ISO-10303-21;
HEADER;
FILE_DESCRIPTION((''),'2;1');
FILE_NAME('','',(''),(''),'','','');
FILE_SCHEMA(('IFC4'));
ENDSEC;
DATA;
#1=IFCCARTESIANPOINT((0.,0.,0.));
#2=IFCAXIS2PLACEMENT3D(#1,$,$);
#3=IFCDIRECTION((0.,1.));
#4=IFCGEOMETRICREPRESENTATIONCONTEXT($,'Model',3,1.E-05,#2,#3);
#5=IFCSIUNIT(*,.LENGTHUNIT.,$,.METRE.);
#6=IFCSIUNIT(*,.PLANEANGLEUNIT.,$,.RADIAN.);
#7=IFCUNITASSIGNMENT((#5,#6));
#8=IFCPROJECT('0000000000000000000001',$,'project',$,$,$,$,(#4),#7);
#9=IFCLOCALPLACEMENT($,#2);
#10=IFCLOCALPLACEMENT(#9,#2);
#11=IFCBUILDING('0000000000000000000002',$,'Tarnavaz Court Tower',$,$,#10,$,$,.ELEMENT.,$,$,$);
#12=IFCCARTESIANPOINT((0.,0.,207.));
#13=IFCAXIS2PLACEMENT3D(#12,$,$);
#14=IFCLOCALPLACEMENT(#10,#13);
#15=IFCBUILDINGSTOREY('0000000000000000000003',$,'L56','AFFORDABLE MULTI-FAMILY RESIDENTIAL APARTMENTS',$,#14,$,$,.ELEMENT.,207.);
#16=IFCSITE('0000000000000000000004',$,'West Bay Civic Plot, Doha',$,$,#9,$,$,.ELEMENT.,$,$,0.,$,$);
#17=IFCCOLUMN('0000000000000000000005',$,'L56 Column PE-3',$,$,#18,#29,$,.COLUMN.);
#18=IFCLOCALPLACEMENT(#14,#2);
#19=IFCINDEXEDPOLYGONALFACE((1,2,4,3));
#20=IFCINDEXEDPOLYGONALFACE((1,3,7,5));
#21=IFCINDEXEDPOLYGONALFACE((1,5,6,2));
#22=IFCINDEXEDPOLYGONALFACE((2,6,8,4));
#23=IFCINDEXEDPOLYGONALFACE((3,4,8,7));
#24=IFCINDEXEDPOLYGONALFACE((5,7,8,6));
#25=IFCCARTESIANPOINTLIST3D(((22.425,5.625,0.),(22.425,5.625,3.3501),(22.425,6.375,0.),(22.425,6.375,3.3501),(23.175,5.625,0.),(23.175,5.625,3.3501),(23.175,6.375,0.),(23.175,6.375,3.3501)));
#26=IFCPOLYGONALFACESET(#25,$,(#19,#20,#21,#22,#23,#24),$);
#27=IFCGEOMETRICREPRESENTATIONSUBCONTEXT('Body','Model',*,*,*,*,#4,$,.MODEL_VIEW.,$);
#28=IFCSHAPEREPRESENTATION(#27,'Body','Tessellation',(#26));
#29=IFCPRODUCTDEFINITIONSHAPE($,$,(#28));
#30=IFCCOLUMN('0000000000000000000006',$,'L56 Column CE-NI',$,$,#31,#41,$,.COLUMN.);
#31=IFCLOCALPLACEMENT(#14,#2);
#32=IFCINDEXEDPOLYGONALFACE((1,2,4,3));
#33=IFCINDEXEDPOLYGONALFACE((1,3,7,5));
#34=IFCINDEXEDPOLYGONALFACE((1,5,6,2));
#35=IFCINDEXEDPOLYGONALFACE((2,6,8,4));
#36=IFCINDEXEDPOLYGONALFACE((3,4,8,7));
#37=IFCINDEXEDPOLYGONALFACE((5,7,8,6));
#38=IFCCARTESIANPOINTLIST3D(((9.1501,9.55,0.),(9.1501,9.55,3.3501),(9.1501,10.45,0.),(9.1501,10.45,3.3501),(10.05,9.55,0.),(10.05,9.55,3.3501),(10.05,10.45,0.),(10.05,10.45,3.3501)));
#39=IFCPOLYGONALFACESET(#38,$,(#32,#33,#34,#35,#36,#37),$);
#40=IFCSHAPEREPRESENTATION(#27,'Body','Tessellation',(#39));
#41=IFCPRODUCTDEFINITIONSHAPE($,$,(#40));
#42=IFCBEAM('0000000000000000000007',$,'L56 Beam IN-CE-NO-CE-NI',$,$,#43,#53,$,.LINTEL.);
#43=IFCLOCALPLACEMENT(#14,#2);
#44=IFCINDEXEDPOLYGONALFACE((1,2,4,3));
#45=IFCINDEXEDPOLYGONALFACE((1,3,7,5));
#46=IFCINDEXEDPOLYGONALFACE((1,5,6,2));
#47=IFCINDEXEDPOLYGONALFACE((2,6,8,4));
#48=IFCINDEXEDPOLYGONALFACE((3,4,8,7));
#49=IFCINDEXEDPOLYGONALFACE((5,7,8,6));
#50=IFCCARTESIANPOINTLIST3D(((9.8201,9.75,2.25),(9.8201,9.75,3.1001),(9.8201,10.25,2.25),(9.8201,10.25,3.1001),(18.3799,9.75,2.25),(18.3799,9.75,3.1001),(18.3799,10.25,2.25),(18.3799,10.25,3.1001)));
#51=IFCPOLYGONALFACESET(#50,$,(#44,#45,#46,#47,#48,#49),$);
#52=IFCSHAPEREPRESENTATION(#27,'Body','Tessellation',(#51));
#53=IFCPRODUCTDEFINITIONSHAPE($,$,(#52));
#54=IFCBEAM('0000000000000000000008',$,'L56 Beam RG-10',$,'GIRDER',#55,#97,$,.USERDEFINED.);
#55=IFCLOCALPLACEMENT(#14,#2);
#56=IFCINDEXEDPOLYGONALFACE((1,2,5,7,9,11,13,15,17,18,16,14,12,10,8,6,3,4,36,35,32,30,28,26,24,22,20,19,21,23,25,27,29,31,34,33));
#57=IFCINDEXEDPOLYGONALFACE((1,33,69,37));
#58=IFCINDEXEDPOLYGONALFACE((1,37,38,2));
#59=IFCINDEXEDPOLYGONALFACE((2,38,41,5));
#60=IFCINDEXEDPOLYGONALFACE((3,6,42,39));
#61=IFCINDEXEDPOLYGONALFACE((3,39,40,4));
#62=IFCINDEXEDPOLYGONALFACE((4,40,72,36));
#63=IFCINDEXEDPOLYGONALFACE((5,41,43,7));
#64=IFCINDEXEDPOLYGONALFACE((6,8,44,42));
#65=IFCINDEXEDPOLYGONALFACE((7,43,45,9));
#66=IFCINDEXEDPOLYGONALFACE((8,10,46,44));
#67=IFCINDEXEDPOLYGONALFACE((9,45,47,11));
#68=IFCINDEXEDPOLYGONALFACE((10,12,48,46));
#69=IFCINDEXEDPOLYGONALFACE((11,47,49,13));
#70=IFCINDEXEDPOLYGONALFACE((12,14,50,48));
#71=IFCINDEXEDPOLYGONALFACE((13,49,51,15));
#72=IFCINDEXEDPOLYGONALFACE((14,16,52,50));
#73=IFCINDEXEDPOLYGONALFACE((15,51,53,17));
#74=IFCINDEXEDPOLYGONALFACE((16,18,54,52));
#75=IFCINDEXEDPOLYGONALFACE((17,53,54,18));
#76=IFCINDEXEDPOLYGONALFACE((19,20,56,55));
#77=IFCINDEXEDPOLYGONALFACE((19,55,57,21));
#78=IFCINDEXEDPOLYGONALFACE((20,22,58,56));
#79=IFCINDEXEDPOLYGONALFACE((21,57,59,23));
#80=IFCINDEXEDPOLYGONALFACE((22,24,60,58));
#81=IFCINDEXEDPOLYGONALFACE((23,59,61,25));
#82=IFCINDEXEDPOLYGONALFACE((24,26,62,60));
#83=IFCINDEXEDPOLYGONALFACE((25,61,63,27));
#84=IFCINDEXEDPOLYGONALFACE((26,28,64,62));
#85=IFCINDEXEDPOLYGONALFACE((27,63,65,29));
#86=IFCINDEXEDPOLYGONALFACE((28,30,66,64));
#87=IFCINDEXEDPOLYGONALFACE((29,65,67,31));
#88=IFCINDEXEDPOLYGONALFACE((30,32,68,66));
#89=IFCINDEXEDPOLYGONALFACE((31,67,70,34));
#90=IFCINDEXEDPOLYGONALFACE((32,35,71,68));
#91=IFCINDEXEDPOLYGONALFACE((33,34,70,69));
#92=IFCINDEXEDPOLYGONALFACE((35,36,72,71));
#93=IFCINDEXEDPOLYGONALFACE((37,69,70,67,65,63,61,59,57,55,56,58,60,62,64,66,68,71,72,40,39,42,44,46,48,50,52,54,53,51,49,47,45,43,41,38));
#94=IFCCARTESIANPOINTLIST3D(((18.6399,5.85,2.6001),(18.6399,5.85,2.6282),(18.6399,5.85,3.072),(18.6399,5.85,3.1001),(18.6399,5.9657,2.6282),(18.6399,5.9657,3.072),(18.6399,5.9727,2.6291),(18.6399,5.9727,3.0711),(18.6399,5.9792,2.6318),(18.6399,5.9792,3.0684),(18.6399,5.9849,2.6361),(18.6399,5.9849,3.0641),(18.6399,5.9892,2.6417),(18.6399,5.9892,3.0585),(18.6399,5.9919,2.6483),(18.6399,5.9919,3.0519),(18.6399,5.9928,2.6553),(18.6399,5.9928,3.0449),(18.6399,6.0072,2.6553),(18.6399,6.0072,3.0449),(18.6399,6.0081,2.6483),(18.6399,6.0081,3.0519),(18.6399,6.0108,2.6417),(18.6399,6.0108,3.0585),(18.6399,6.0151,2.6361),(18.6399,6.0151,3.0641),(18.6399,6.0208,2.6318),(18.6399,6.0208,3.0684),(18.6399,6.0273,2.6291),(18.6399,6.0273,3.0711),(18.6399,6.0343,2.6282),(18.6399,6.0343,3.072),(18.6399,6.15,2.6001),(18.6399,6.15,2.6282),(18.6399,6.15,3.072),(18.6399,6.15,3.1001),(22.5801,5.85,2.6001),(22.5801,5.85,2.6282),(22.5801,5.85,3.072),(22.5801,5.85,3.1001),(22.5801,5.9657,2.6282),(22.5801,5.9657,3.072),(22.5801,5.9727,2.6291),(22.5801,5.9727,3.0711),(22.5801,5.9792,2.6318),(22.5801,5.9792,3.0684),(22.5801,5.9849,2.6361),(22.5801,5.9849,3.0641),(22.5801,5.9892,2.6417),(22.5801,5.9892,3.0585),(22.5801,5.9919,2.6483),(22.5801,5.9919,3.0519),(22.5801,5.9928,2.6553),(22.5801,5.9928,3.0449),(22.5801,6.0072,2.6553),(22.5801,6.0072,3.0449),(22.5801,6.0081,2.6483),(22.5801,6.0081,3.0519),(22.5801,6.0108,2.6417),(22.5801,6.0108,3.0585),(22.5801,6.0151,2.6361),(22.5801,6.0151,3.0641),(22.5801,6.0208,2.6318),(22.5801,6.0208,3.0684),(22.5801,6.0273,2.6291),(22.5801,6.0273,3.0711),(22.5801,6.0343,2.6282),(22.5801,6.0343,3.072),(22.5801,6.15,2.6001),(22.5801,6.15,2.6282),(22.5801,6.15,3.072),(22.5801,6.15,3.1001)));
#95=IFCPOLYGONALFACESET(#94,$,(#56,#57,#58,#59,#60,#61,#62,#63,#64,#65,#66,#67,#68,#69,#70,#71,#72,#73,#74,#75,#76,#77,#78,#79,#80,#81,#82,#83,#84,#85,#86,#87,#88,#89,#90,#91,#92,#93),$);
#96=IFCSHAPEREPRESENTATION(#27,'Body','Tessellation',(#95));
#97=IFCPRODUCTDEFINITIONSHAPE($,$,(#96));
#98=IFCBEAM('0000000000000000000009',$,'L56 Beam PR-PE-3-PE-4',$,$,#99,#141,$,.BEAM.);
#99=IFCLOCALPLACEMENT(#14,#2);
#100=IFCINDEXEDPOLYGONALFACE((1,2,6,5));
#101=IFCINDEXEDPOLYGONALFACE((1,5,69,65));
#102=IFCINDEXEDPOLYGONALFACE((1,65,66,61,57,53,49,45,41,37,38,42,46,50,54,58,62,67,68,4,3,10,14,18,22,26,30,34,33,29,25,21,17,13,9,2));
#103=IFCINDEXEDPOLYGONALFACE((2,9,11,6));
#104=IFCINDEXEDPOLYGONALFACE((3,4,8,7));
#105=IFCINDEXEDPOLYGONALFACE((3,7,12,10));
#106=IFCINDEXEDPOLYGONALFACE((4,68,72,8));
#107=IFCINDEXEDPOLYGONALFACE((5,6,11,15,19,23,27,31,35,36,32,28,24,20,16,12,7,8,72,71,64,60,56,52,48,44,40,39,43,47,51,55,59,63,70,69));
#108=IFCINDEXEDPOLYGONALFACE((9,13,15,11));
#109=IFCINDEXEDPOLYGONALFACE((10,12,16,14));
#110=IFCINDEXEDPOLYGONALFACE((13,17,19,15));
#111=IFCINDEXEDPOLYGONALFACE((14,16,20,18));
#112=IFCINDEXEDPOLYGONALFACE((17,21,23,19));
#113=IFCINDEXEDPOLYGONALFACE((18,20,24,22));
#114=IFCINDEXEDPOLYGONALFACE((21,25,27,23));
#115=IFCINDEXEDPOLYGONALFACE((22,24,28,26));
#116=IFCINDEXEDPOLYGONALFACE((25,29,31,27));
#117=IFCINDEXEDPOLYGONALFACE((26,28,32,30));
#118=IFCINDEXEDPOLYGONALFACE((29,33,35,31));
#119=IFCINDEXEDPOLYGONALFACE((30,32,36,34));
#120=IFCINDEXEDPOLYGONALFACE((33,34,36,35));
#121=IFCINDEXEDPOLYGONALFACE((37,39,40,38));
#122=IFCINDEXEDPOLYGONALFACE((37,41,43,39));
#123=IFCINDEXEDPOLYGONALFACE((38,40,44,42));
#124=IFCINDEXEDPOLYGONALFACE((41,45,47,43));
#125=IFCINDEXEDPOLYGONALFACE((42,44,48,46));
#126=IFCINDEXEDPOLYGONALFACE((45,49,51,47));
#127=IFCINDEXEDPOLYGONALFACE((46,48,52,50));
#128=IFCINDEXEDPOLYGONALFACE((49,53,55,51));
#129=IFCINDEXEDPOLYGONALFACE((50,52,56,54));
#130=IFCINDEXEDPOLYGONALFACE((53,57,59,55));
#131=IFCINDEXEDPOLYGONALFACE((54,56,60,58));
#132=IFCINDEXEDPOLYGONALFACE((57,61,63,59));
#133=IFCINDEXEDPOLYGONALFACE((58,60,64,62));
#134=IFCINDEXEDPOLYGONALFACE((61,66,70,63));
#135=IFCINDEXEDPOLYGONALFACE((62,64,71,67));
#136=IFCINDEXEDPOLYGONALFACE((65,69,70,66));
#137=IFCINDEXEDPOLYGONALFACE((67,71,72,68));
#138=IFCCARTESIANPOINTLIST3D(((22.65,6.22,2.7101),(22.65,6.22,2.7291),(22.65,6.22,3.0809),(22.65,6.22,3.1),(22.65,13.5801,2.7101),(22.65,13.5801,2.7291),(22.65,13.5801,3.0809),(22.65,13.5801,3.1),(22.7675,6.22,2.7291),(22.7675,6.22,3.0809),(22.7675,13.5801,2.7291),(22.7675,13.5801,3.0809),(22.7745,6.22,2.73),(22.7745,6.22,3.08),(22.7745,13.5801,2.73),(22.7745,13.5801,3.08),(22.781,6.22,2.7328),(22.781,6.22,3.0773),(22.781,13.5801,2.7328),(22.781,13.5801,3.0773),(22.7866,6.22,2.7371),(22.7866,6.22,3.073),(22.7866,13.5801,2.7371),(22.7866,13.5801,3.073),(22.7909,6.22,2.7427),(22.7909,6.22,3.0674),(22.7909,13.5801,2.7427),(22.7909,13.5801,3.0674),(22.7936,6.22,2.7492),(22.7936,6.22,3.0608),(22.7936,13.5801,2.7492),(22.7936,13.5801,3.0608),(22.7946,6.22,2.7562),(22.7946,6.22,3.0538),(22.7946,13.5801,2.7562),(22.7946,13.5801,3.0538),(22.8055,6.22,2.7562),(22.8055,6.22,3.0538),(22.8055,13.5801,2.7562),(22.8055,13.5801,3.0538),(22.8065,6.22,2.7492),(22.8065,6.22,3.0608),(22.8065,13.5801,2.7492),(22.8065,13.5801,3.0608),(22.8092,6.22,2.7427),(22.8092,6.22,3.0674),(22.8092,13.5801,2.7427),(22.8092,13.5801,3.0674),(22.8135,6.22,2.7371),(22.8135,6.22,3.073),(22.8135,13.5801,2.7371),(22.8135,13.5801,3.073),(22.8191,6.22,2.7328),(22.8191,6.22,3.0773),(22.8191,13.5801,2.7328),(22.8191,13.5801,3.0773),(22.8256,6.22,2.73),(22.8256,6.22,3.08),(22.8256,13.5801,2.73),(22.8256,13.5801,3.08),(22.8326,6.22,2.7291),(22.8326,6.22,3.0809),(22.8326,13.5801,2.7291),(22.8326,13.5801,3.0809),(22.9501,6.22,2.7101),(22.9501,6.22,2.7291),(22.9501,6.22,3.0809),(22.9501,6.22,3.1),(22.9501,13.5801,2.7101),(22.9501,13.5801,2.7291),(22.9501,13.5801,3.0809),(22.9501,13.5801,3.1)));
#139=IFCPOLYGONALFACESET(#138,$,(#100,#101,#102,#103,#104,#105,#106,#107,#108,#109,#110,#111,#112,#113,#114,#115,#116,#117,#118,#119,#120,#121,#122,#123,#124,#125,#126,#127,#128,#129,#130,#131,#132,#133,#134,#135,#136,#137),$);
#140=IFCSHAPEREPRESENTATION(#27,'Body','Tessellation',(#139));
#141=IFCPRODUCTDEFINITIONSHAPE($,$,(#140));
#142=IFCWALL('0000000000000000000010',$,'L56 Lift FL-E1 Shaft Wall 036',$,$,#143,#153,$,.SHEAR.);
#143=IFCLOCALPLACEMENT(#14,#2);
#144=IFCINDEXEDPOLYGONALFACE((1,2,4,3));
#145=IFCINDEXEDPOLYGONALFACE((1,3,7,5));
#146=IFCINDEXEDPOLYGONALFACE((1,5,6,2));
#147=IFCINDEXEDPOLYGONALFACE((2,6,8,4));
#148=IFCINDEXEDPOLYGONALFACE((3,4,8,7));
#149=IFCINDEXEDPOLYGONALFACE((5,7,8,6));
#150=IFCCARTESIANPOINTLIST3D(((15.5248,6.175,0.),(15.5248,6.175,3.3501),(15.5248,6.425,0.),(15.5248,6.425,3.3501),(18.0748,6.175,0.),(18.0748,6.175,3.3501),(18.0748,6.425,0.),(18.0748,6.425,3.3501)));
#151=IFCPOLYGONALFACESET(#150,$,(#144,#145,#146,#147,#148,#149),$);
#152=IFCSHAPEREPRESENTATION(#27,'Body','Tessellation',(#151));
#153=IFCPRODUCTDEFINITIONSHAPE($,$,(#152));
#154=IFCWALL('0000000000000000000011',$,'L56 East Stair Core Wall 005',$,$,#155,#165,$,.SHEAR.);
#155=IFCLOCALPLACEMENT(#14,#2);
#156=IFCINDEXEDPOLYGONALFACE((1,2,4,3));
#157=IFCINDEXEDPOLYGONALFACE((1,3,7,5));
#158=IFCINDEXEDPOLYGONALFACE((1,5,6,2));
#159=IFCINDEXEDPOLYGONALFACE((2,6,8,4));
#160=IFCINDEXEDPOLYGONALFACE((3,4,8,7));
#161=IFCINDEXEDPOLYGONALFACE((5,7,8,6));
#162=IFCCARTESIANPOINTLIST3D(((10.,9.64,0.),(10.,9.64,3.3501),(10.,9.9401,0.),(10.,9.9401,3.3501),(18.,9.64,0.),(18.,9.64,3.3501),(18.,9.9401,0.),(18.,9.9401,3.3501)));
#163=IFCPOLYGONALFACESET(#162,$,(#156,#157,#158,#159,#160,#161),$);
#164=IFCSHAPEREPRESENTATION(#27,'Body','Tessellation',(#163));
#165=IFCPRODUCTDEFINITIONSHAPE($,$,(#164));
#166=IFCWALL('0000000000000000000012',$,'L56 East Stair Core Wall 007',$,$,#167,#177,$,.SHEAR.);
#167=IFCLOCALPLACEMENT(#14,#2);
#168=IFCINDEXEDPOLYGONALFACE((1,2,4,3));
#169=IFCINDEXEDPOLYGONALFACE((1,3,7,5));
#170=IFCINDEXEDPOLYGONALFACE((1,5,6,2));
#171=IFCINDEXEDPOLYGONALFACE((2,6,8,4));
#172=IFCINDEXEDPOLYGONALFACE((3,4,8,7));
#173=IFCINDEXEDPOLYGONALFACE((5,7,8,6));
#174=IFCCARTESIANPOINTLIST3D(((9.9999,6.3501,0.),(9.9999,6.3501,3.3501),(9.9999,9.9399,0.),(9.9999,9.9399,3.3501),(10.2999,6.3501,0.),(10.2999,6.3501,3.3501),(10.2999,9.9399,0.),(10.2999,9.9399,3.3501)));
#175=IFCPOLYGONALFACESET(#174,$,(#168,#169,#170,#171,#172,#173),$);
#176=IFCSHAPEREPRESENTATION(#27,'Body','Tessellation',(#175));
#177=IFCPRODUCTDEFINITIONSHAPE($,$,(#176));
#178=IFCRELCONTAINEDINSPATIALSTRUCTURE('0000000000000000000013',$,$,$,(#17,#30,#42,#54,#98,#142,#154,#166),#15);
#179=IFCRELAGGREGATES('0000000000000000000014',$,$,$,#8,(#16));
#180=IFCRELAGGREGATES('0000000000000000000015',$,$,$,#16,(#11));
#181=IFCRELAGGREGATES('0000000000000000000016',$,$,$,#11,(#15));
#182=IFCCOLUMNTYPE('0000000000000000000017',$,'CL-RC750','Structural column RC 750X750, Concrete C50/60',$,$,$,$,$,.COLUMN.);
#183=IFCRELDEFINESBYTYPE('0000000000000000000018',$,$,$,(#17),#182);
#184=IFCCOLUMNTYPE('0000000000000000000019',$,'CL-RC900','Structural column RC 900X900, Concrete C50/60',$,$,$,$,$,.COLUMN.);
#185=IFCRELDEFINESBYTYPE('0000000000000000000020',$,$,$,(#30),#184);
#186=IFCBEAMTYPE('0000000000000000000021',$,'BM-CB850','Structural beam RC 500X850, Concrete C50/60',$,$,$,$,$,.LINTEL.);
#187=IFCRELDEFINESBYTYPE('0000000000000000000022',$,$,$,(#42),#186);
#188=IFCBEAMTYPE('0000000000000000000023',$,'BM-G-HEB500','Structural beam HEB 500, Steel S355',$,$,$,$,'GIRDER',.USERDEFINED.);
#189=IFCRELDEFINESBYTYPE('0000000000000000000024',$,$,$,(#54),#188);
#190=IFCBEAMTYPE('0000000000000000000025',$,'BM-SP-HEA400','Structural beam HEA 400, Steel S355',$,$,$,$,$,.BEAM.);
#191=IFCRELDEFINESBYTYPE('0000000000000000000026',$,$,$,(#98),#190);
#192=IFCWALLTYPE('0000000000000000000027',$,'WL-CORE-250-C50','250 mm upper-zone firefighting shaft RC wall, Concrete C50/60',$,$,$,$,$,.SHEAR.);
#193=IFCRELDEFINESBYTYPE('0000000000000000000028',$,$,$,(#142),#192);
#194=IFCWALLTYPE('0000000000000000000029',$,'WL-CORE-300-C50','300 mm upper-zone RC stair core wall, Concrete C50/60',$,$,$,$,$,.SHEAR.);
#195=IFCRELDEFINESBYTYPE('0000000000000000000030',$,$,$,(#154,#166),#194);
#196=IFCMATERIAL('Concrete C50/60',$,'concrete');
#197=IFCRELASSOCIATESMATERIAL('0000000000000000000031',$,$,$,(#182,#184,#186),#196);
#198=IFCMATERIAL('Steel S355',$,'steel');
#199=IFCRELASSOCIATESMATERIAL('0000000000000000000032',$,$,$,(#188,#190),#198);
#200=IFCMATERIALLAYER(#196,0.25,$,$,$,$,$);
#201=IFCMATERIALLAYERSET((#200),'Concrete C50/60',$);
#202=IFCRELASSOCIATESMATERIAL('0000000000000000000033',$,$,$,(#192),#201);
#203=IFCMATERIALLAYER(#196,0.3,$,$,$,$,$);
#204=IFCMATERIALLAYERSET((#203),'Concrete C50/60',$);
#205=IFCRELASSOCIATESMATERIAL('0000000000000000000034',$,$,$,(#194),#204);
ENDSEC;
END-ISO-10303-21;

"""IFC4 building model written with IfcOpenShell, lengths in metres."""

from ifc_helpers import new_model, si_unit, direction, frame, frame_2d, origin, origin_2d, place, context, subcontext, project, spatial, rectangle, i_section, extrude, material, layer, layer_set, material_profile, profile_set, type_object, element, save


model = new_model("IFC4")

# Units and contexts
model_context = context("Model", 3, precision=1e-05, world=origin(), true_north=direction((0.0, 1.0)))
body_context = subcontext(model_context, "Body", "Model", "MODEL_VIEW")
ifc_project = project(units=[si_unit("LENGTHUNIT", "METRE"), si_unit("PLANEANGLEUNIT", "RADIAN")], contexts=[model_context])

# Site, building, storey
site_placement = place(None, origin())
site = spatial("IfcSite", under=ifc_project, at=site_placement, Name="West Bay Civic Plot, Doha", CompositionType="ELEMENT", RefElevation=0.0)
building_placement = place(site_placement, origin())
building = spatial("IfcBuilding", under=site, at=building_placement, Name="Tarnavaz Court Tower", CompositionType="ELEMENT")
storey_placement = place(building_placement, frame((0.0, 0.0, 207.0)))
storey = spatial("IfcBuildingStorey", under=building, at=storey_placement, Name="L56", Description="AFFORDABLE MULTI-FAMILY RESIDENTIAL APARTMENTS", CompositionType="ELEMENT", Elevation=207.0)

# Columns
ifc_material_1 = material(Name="Concrete C50/60", Category="concrete")
ifc_material_profile_1 = material_profile(ifc_material_1, rectangle(XDim=0.75, YDim=0.75, at=origin_2d()), Name="RC 750X750")
ifc_profile_set_1 = profile_set([ifc_material_profile_1], Name="Concrete C50/60")
column_type_1 = type_object("IfcColumnType", Name="CL-RC750", Description="Structural column RC 750X750, Concrete C50/60", PredefinedType="COLUMN", material=ifc_profile_set_1)
column_1_placement = place(storey_placement, frame((22.8, 6.0, 0.0), z_axis=(0.0, 0.0, 1.0), x_axis=(1.0, 0.0, 0.0)))
element("IfcColumn", 1, at=column_1_placement, inside=storey, type_object=column_type_1, Name="L56 Column PE-3", PredefinedType="COLUMN", context=body_context, shape_type="SweptSolid", body=[
    extrude(rectangle(XDim=0.75, YDim=0.75, at=origin_2d()), origin(), (0.0, 0.0, 1.0), 3.3501),
])
ifc_material_profile_2 = material_profile(ifc_material_1, rectangle(XDim=0.8999, YDim=0.8999, at=origin_2d()), Name="RC 900X900")
ifc_profile_set_2 = profile_set([ifc_material_profile_2], Name="Concrete C50/60")
column_type_2 = type_object("IfcColumnType", Name="CL-RC900", Description="Structural column RC 900X900, Concrete C50/60", PredefinedType="COLUMN", material=ifc_profile_set_2)
column_2_placement = place(storey_placement, frame((9.6001, 10.0, 0.0), z_axis=(0.0, 0.0, 1.0), x_axis=(1.0, 0.0, 0.0)))
element("IfcColumn", 2, at=column_2_placement, inside=storey, type_object=column_type_2, Name="L56 Column CE-NI", PredefinedType="COLUMN", context=body_context, shape_type="SweptSolid", body=[
    extrude(rectangle(XDim=0.8999, YDim=0.8999, at=origin_2d()), origin(), (0.0, 0.0, 1.0), 3.3501),
])

# Beams
ifc_material_profile_3 = material_profile(ifc_material_1, rectangle(XDim=0.5, YDim=0.8501, at=origin_2d()), Name="RC 500X850")
ifc_profile_set_3 = profile_set([ifc_material_profile_3], Name="Concrete C50/60")
beam_type_1 = type_object("IfcBeamType", Name="BM-CB850", Description="Structural beam RC 500X850, Concrete C50/60", PredefinedType="LINTEL", material=ifc_profile_set_3)
beam_1_placement = place(storey_placement, frame((18.3799, 10.0, 2.675), z_axis=(-1.0, 0.0, 0.0), x_axis=(0.0, -1.0, 0.0)))
element("IfcBeam", 3, at=beam_1_placement, inside=storey, type_object=beam_type_1, Name="L56 Beam IN-CE-NO-CE-NI", PredefinedType="LINTEL", context=body_context, shape_type="SweptSolid", body=[
    extrude(rectangle(XDim=0.5, YDim=0.8501, at=origin_2d()), origin(), (0.0, 0.0, 1.0), 8.5598),
])
ifc_material_2 = material(Name="Steel S355", Category="steel")
ifc_material_profile_4 = material_profile(ifc_material_2, i_section(OverallWidth=0.3, OverallDepth=0.5, WebThickness=0.0144, FlangeThickness=0.0281, FilletRadius=0.0271, at=origin_2d()), Name="HEB 500")
ifc_profile_set_4 = profile_set([ifc_material_profile_4], Name="Steel S355")
beam_type_2 = type_object("IfcBeamType", Name="BM-G-HEB500", Description="Structural beam HEB 500, Steel S355", ElementType="GIRDER", PredefinedType="USERDEFINED", material=ifc_profile_set_4)
beam_2_placement = place(storey_placement, frame((18.6399, 6.0, 2.8501), z_axis=(1.0, 0.0, 0.0), x_axis=(0.0, 1.0, 0.0)))
element("IfcBeam", 4, at=beam_2_placement, inside=storey, type_object=beam_type_2, Name="L56 Beam RG-10", ObjectType="GIRDER", PredefinedType="USERDEFINED", context=body_context, shape_type="SweptSolid", body=[
    extrude(i_section(OverallWidth=0.3, OverallDepth=0.5, WebThickness=0.0144, FlangeThickness=0.0281, FilletRadius=0.0271, at=origin_2d()), origin(), (0.0, 0.0, 1.0), 3.9402),
])
ifc_material_profile_5 = material_profile(ifc_material_2, i_section(OverallWidth=0.3, OverallDepth=0.3899, WebThickness=0.011, FlangeThickness=0.019, FilletRadius=0.0271, at=origin_2d()), Name="HEA 400")
ifc_profile_set_5 = profile_set([ifc_material_profile_5], Name="Steel S355")
beam_type_3 = type_object("IfcBeamType", Name="BM-SP-HEA400", Description="Structural beam HEA 400, Steel S355", PredefinedType="BEAM", material=ifc_profile_set_5)
beam_3_placement = place(storey_placement, frame((22.8, 6.22, 2.905), z_axis=(0.0, 1.0, 0.0), x_axis=(-1.0, 0.0, 0.0)))
element("IfcBeam", 5, at=beam_3_placement, inside=storey, type_object=beam_type_3, Name="L56 Beam PR-PE-3-PE-4", PredefinedType="BEAM", context=body_context, shape_type="SweptSolid", body=[
    extrude(i_section(OverallWidth=0.3, OverallDepth=0.3899, WebThickness=0.011, FlangeThickness=0.019, FilletRadius=0.0271, at=origin_2d()), origin(), (0.0, 0.0, 1.0), 7.3601),
])

# Walls
ifc_layer_1 = layer(ifc_material_1, 0.25)
ifc_layer_set_1 = layer_set([ifc_layer_1], Name="Concrete C50/60")
wall_type_1 = type_object("IfcWallType", Name="WL-CORE-250-C50", Description="250 mm upper-zone firefighting shaft RC wall, Concrete C50/60", PredefinedType="SHEAR", material=ifc_layer_set_1)
wall_1_placement = place(storey_placement, frame((15.5249, 6.3, 0.0), z_axis=(0.0, 0.0, 1.0), x_axis=(1.0, 0.0, 0.0)))
element("IfcWall", 6, at=wall_1_placement, inside=storey, type_object=wall_type_1, Name="L56 Lift FL-E1 Shaft Wall 036", PredefinedType="SHEAR", context=body_context, shape_type="SweptSolid", body=[
    extrude(rectangle(XDim=2.55, YDim=0.25, at=frame_2d((1.2749, 0.0))), origin(), (0.0, 0.0, 1.0), 3.3501),
])
ifc_layer_2 = layer(ifc_material_1, 0.3)
ifc_layer_set_2 = layer_set([ifc_layer_2], Name="Concrete C50/60")
wall_type_2 = type_object("IfcWallType", Name="WL-CORE-300-C50", Description="300 mm upper-zone RC stair core wall, Concrete C50/60", PredefinedType="SHEAR", material=ifc_layer_set_2)
wall_2_placement = place(storey_placement, frame((10.0, 9.79, 0.0), z_axis=(0.0, 0.0, 1.0), x_axis=(1.0, 0.0, 0.0)))
element("IfcWall", 7, at=wall_2_placement, inside=storey, type_object=wall_type_2, Name="L56 East Stair Core Wall 005", PredefinedType="SHEAR", context=body_context, shape_type="SweptSolid", body=[
    extrude(rectangle(XDim=8.0, YDim=0.3, at=frame_2d((4.0, 0.0))), origin(), (0.0, 0.0, 1.0), 3.3501),
])

# Wall
for number, where, z_axis, x_axis, name in (
    (8, (10.1499, 6.3501, 0.0), (0.0, 0.0, 1.0), (0.0, 1.0, 0.0), "L56 East Stair Core Wall 007"),
):
    element("IfcWall", number, at=place(storey_placement, frame(where, z_axis=z_axis, x_axis=x_axis)), inside=storey, type_object=wall_type_2, Name=name, PredefinedType="SHEAR", context=body_context, shape_type="SweptSolid", body=[
        extrude(rectangle(XDim=3.5898, YDim=0.3, at=frame_2d((1.7949, 0.0))), origin(), (0.0, 0.0, 1.0), 3.3501),
    ])

save(model, "model.ifc")
